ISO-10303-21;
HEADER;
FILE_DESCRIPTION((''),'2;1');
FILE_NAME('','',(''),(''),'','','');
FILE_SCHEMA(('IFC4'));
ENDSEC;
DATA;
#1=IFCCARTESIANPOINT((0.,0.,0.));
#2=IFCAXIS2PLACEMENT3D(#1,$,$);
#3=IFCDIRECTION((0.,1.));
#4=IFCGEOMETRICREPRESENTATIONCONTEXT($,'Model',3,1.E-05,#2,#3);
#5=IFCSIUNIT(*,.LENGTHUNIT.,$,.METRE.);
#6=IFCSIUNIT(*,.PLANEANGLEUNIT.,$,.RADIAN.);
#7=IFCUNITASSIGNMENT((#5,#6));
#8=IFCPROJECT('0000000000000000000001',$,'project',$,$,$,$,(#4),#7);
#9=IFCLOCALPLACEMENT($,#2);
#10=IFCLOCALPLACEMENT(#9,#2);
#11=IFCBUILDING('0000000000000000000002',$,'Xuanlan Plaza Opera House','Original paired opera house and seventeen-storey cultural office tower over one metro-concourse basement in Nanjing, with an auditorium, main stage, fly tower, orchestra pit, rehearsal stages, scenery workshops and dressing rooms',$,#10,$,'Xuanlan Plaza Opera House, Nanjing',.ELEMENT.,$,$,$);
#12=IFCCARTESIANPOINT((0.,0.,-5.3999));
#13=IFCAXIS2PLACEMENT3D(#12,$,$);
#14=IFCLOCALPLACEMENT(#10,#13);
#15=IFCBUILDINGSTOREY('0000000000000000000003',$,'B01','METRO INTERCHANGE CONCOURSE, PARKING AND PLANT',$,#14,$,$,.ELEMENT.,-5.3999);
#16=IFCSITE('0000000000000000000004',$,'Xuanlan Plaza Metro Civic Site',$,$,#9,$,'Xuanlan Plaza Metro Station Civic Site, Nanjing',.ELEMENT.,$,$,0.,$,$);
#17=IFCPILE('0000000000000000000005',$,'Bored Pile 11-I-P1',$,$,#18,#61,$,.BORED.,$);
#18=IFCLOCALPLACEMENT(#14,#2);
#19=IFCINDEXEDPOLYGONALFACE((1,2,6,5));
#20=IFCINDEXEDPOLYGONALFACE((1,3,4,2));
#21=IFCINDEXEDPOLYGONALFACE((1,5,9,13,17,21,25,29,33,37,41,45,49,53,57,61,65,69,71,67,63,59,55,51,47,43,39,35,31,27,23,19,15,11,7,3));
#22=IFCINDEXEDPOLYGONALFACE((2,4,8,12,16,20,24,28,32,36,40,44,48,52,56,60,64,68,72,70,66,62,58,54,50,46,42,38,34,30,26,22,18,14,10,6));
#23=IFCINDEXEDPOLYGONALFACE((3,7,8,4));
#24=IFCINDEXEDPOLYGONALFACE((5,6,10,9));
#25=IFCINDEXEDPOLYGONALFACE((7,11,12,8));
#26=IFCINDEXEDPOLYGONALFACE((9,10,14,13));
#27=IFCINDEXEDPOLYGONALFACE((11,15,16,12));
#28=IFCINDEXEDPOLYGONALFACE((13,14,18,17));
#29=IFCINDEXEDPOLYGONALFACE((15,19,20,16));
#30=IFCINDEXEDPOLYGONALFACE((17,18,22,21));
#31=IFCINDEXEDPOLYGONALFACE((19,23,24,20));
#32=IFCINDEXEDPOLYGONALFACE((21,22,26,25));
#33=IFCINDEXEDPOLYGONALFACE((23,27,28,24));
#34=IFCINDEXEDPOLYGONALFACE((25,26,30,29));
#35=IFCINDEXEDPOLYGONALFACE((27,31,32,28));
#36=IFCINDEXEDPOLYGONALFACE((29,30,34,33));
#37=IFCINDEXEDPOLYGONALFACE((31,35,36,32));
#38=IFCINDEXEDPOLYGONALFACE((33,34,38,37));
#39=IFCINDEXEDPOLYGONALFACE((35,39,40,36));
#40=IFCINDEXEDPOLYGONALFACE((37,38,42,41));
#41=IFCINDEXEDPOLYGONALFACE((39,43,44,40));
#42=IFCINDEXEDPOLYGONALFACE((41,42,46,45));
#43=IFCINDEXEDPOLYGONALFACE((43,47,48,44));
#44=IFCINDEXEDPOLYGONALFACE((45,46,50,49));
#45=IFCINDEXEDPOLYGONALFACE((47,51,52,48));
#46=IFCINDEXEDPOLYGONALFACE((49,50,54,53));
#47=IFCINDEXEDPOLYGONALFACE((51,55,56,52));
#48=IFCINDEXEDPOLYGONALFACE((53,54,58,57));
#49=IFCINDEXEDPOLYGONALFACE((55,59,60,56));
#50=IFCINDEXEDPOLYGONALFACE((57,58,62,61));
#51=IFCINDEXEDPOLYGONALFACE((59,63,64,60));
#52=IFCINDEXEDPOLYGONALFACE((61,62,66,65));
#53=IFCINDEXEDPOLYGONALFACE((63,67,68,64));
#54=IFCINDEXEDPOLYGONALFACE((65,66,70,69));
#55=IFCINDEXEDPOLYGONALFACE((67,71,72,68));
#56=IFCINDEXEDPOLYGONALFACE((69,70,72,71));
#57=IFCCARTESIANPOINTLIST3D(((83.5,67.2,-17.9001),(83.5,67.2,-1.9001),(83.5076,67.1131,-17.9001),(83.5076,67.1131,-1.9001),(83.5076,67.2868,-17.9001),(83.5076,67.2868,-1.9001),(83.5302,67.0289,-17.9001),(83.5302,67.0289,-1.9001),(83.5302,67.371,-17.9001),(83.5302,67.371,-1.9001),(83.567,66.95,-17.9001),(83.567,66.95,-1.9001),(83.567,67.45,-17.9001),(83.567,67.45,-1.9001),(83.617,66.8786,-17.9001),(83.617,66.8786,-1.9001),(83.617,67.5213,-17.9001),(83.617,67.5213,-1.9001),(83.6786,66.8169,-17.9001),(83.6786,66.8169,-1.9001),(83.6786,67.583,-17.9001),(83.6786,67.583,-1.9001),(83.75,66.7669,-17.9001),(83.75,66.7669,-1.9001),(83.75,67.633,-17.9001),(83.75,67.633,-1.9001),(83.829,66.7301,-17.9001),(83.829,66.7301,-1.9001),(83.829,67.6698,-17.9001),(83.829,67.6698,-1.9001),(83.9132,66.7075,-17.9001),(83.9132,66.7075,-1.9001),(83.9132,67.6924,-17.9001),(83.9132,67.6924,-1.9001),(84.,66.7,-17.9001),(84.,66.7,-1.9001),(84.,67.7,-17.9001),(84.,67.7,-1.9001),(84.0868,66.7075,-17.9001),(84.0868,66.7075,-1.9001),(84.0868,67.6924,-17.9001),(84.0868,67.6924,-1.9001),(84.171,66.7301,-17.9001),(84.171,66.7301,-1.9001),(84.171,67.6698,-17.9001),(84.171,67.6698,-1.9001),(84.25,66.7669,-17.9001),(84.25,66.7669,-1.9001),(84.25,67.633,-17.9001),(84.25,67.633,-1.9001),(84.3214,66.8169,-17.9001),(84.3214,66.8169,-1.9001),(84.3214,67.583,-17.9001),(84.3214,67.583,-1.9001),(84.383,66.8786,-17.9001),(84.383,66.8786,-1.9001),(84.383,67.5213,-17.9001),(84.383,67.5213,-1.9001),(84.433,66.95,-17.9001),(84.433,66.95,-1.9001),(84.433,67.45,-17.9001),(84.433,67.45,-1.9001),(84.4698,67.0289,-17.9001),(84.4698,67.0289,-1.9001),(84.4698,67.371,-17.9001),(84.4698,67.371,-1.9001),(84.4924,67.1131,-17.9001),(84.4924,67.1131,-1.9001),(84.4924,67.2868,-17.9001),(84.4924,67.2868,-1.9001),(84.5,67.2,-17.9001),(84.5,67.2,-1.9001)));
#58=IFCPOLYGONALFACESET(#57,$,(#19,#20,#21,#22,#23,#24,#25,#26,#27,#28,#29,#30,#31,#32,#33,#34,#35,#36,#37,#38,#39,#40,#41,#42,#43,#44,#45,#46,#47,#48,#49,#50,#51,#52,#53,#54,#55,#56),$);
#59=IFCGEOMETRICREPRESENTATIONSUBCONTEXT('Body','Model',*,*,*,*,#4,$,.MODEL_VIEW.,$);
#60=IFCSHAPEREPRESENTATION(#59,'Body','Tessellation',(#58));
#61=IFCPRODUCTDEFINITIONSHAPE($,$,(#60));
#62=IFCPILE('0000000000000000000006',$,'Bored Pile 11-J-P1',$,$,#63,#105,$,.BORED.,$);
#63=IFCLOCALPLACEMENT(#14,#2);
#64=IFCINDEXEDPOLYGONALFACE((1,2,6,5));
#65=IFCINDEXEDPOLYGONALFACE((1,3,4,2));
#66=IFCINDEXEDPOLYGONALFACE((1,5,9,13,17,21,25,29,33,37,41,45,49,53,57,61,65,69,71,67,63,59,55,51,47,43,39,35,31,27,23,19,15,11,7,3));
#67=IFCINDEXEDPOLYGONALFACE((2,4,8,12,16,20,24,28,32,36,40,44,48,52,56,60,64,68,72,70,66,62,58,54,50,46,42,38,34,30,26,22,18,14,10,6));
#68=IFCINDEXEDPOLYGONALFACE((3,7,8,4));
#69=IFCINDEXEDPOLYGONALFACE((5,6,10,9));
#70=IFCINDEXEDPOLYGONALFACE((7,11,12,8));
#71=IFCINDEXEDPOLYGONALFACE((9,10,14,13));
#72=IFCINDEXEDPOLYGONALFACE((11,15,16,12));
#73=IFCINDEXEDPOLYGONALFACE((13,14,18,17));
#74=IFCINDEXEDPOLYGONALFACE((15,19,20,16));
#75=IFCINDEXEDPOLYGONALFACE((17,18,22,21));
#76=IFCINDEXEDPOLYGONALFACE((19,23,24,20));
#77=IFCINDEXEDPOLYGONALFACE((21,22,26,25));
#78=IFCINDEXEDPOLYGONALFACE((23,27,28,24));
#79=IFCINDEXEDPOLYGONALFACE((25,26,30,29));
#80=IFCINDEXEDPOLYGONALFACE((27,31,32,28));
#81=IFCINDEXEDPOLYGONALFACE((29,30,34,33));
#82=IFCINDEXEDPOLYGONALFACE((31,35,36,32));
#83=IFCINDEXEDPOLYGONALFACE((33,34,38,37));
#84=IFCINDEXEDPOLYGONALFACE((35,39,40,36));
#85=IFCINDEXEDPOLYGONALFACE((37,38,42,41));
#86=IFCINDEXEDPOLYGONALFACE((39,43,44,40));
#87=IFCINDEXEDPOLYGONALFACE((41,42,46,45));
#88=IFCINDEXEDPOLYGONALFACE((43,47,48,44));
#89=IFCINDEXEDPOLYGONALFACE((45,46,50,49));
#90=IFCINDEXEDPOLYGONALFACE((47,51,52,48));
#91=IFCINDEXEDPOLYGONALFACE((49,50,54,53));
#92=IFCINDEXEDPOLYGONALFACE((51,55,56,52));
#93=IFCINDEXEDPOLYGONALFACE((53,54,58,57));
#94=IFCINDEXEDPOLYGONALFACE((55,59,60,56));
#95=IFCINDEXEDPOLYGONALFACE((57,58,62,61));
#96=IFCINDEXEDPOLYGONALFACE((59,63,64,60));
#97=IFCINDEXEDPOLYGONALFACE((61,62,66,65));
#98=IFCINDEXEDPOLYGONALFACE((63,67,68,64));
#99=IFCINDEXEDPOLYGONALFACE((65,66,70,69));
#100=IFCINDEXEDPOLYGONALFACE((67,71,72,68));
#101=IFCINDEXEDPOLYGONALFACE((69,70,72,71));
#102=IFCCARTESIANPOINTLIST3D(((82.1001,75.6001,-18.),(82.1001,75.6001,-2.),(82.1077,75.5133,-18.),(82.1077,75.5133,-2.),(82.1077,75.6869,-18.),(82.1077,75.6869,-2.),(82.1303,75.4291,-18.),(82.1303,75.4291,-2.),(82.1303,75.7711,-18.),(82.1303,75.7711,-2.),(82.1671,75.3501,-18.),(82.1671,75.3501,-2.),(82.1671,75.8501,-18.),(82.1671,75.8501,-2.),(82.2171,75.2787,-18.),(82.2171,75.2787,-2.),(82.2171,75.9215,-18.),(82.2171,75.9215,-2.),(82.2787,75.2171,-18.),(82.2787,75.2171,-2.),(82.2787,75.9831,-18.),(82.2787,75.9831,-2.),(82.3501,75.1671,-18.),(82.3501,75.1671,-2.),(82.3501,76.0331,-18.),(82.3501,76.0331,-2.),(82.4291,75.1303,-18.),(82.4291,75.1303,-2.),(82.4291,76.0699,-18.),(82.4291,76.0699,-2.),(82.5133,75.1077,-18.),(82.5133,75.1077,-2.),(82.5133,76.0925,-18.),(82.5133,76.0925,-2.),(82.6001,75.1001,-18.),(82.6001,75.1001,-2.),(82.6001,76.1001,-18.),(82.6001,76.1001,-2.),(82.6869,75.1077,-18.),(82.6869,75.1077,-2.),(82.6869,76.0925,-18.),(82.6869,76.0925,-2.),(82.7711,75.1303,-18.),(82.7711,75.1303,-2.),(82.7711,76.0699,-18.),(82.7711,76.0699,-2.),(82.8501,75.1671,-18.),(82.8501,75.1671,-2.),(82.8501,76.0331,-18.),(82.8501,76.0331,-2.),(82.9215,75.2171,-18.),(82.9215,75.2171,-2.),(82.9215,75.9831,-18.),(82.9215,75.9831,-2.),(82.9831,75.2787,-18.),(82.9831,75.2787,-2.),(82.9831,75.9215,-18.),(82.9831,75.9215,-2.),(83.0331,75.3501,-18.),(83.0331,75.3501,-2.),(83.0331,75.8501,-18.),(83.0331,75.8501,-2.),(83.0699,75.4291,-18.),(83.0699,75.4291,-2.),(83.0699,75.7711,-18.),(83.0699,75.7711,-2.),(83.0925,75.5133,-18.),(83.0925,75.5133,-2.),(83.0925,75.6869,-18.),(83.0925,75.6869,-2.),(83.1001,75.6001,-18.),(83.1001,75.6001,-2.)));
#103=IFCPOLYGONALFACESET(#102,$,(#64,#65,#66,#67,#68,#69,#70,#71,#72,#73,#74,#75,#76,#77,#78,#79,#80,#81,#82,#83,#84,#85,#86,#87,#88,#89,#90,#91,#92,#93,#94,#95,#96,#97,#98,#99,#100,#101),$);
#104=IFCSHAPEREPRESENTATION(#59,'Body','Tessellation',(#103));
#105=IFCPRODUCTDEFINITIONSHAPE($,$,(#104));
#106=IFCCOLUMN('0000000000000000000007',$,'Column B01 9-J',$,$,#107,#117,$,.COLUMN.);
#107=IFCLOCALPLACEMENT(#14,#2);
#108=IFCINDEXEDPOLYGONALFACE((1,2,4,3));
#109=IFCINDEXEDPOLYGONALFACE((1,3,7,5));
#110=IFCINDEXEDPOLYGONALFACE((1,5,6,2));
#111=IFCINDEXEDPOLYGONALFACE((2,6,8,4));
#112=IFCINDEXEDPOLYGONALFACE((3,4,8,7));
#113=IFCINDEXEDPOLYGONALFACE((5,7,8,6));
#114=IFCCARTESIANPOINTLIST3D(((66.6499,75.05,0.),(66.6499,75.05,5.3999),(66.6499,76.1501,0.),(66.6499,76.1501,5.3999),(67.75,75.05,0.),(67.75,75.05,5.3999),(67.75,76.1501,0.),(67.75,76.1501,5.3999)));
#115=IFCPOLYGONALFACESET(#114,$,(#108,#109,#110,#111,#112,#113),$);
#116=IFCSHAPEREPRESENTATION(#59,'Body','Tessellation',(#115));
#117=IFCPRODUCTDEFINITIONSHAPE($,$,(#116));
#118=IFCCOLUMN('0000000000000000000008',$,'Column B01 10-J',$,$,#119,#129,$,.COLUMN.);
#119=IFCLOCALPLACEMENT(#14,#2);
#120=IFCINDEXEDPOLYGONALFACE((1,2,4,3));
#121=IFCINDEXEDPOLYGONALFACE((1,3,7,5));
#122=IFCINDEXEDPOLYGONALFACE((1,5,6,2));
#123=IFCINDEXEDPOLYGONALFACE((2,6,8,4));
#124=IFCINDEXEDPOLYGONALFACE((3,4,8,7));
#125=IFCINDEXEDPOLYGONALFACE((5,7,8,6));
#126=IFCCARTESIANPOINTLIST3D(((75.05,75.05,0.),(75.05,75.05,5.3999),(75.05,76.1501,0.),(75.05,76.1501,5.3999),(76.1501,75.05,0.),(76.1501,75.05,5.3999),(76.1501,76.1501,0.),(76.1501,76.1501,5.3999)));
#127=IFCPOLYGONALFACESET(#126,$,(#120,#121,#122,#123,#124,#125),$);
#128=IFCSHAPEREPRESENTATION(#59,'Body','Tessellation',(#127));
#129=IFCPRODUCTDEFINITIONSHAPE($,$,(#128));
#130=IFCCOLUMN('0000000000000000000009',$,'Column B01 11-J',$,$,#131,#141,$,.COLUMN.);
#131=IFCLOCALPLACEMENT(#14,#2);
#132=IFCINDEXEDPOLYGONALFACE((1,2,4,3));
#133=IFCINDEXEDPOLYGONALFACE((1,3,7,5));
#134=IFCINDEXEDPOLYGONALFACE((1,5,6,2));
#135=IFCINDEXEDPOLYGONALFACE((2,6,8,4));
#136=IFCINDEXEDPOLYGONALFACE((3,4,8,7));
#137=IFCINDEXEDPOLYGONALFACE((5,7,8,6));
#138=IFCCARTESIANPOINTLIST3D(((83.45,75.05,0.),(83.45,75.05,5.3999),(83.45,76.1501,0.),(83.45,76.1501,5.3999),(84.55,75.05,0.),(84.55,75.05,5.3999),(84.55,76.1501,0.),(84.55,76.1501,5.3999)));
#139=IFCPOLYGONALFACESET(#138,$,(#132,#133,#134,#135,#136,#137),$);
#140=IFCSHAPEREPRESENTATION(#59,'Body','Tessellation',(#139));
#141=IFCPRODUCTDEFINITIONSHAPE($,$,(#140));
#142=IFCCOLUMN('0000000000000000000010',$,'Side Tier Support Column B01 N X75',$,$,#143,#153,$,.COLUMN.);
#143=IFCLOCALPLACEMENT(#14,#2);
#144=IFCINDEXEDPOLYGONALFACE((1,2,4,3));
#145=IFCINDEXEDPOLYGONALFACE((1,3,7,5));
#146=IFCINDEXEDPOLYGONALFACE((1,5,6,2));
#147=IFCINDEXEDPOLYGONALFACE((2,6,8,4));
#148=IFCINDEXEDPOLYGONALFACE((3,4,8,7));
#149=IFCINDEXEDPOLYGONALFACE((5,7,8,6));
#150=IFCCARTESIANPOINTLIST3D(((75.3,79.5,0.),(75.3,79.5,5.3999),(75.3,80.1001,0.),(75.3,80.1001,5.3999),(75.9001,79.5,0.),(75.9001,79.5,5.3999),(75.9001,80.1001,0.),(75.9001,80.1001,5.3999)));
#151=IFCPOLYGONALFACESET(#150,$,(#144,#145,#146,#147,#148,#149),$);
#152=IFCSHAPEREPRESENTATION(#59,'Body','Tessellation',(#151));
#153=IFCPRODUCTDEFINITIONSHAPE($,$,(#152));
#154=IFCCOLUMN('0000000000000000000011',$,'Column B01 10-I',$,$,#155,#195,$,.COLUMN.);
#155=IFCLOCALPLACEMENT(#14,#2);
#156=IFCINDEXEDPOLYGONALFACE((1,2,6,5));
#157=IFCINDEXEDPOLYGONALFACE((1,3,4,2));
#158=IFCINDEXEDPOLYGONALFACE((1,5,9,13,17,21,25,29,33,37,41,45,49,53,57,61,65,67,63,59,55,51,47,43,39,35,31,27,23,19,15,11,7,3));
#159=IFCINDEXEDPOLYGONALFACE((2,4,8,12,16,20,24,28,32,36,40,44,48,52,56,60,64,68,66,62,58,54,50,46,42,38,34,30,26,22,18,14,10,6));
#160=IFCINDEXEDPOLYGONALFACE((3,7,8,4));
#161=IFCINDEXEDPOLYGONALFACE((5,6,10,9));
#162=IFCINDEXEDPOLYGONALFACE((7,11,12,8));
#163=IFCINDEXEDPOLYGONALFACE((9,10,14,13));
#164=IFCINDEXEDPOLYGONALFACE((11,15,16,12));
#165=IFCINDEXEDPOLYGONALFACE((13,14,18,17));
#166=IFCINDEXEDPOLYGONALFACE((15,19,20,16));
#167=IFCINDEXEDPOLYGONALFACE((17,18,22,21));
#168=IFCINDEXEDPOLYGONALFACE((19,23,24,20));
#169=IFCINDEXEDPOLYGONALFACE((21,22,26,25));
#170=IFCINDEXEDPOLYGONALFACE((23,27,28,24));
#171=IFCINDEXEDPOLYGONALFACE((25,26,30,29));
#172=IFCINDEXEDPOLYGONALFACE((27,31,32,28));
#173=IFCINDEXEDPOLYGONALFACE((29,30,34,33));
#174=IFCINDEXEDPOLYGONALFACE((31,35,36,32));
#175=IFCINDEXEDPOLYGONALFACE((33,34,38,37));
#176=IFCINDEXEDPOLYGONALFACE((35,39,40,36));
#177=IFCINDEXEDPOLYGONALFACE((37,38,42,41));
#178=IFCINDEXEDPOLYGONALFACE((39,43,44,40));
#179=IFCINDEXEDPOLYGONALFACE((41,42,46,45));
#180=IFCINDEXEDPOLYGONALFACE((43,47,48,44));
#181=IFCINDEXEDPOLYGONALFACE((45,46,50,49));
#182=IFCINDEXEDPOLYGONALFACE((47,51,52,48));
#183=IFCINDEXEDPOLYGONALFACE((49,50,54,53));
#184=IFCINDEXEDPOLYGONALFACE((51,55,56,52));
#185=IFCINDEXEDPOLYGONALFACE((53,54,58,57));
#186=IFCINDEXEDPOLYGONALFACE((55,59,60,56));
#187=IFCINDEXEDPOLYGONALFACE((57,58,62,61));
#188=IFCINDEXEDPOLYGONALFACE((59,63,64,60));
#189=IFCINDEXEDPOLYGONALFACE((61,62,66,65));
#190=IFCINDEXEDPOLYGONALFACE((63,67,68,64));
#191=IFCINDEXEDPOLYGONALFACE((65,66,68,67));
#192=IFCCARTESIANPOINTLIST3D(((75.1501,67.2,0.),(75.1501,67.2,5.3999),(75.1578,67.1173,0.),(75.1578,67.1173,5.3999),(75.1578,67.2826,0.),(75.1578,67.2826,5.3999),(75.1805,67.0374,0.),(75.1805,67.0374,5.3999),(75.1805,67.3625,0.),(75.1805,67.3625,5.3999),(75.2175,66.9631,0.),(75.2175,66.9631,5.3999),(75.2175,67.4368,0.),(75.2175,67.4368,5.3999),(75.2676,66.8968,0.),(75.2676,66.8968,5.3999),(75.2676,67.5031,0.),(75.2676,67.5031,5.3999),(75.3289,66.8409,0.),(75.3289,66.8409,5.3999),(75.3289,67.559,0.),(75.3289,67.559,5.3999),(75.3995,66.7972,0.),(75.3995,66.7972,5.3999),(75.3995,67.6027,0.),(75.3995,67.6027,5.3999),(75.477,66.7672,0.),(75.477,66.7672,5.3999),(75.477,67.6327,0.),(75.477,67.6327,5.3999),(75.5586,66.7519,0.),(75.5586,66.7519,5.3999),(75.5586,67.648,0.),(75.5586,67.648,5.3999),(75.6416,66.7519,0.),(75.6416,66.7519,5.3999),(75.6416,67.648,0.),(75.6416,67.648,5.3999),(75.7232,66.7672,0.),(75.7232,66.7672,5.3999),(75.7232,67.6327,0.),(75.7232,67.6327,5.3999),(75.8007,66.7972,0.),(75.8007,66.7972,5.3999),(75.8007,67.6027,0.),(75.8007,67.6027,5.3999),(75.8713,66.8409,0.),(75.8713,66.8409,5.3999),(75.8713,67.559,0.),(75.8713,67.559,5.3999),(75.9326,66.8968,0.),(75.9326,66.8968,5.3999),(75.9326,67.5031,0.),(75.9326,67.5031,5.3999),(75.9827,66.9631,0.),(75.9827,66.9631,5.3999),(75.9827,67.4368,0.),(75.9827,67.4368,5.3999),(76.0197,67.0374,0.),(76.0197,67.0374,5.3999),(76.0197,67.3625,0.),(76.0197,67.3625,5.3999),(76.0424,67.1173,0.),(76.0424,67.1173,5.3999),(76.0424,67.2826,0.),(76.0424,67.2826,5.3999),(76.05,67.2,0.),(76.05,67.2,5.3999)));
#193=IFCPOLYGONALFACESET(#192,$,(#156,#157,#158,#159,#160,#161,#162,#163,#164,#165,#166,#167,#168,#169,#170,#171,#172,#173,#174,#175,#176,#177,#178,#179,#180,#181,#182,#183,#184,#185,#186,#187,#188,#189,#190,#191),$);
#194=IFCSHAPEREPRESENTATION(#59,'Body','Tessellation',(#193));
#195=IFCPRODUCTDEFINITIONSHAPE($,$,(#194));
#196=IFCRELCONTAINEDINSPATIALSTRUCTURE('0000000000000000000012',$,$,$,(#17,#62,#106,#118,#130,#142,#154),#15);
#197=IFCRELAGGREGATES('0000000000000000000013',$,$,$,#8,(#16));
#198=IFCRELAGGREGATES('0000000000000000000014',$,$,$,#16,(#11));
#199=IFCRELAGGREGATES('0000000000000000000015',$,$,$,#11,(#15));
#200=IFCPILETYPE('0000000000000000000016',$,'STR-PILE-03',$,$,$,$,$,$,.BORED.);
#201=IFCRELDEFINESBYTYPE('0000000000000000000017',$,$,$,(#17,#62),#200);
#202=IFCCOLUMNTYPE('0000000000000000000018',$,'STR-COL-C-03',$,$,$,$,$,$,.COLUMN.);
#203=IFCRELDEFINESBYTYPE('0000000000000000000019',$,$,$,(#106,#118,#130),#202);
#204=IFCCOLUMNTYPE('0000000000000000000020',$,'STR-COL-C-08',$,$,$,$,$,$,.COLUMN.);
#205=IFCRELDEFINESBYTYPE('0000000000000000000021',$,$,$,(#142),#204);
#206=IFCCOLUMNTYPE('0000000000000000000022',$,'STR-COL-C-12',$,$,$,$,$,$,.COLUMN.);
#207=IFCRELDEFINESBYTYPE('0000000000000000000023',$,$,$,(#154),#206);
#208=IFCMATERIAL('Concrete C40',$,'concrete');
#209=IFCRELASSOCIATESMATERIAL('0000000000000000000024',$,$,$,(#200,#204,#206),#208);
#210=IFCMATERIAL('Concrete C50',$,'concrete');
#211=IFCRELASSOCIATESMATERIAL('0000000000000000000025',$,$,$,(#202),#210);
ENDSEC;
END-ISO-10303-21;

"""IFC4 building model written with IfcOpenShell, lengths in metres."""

from ifc_helpers import new_model, si_unit, direction, frame, origin, origin_2d, place, context, subcontext, project, spatial, rectangle, circle, extrude, material, material_profile, profile_set, type_object, element, save


model = new_model("IFC4")

# Units and contexts
model_context = context("Model", 3, precision=1e-05, world=origin(), true_north=direction((0.0, 1.0)))
body_context = subcontext(model_context, "Body", "Model", "MODEL_VIEW")
ifc_project = project(units=[si_unit("LENGTHUNIT", "METRE"), si_unit("PLANEANGLEUNIT", "RADIAN")], contexts=[model_context])

# Site, building, storey
site_placement = place(None, origin())
site = spatial("IfcSite", under=ifc_project, at=site_placement, Name="Xuanlan Plaza Metro Civic Site", LongName="Xuanlan Plaza Metro Station Civic Site, Nanjing", CompositionType="ELEMENT", RefElevation=0.0)
building_placement = place(site_placement, origin())
building = spatial("IfcBuilding", under=site, at=building_placement, Name="Xuanlan Plaza Opera House", Description="Original paired opera house and seventeen-storey cultural office tower over one metro-concourse basement in Nanjing, with an auditorium, main stage, fly tower, orchestra pit, rehearsal stages, scenery workshops and dressing rooms", LongName="Xuanlan Plaza Opera House, Nanjing", CompositionType="ELEMENT")
storey_placement = place(building_placement, frame((0.0, 0.0, -5.3999)))
storey = spatial("IfcBuildingStorey", under=building, at=storey_placement, Name="B01", Description="METRO INTERCHANGE CONCOURSE, PARKING AND PLANT", CompositionType="ELEMENT", Elevation=-5.3999)

# Shared definitions
ifc_material_1 = material(Name="Concrete C40", Category="concrete")
ifc_material_2 = material(Name="Concrete C50", Category="concrete")

# Piles
ifc_material_profile_1 = material_profile(ifc_material_1, circle(Radius=0.5, at=origin_2d()), Name="PILE D1000")
ifc_profile_set_1 = profile_set([ifc_material_profile_1], Name="Concrete C40")
pile_type_1 = type_object("IfcPileType", Name="STR-PILE-03", PredefinedType="BORED", material=ifc_profile_set_1)
for number, where, z_axis, x_axis, name in (
    (1, (84.0, 67.2, -1.9001), (0.0, 0.0, -1.0), (1.0, 0.0, 0.0), "Bored Pile 11-I-P1"),
    (2, (82.6001, 75.6001, -2.0), (0.0, 0.0, -1.0), (1.0, 0.0, 0.0), "Bored Pile 11-J-P1"),
):
    element("IfcPile", number, at=place(storey_placement, frame(where, z_axis=z_axis, x_axis=x_axis)), inside=storey, type_object=pile_type_1, Name=name, PredefinedType="BORED", context=body_context, shape_type="SweptSolid", body=[
        extrude(circle(Radius=0.5, at=origin_2d()), origin(), (0.0, 0.0, 1.0), 16.0),
    ])

# Columns
ifc_material_profile_2 = material_profile(ifc_material_2, rectangle(XDim=1.1001, YDim=1.1001, at=origin_2d()), Name="RC-COL 1100x1100")
ifc_profile_set_2 = profile_set([ifc_material_profile_2], Name="Concrete C50")
column_type_1 = type_object("IfcColumnType", Name="STR-COL-C-03", PredefinedType="COLUMN", material=ifc_profile_set_2)
for number, where, z_axis, x_axis, name in (
    (3, (67.2, 75.6001, 0.0), (0.0, 0.0, 1.0), (1.0, 0.0, 0.0), "Column B01 9-J"),
    (4, (75.6001, 75.6001, 0.0), (0.0, 0.0, 1.0), (1.0, 0.0, 0.0), "Column B01 10-J"),
    (5, (84.0, 75.6001, 0.0), (0.0, 0.0, 1.0), (1.0, 0.0, 0.0), "Column B01 11-J"),
):
    element("IfcColumn", number, at=place(storey_placement, frame(where, z_axis=z_axis, x_axis=x_axis)), inside=storey, type_object=column_type_1, Name=name, PredefinedType="COLUMN", context=body_context, shape_type="SweptSolid", body=[
        extrude(rectangle(XDim=1.1001, YDim=1.1001, at=origin_2d()), origin(), (0.0, 0.0, 1.0), 5.3999),
    ])
ifc_material_profile_3 = material_profile(ifc_material_1, rectangle(XDim=0.6001, YDim=0.6001, at=origin_2d()), Name="RC-COL 600x600")
ifc_profile_set_3 = profile_set([ifc_material_profile_3], Name="Concrete C40")
column_type_2 = type_object("IfcColumnType", Name="STR-COL-C-08", PredefinedType="COLUMN", material=ifc_profile_set_3)
column_placement = place(storey_placement, frame((75.6001, 79.8, 0.0), z_axis=(0.0, 0.0, 1.0), x_axis=(1.0, 0.0, 0.0)))
element("IfcColumn", 6, at=column_placement, inside=storey, type_object=column_type_2, Name="Side Tier Support Column B01 N X75", PredefinedType="COLUMN", context=body_context, shape_type="SweptSolid", body=[
    extrude(rectangle(XDim=0.6001, YDim=0.6001, at=origin_2d()), origin(), (0.0, 0.0, 1.0), 5.3999),
])
ifc_material_profile_4 = material_profile(ifc_material_1, circle(Radius=0.45, at=origin_2d()), Name="RC-COL D900")
ifc_profile_set_4 = profile_set([ifc_material_profile_4], Name="Concrete C40")
column_type_3 = type_object("IfcColumnType", Name="STR-COL-C-12", PredefinedType="COLUMN", material=ifc_profile_set_4)
for number, where, z_axis, x_axis, name in (
    (7, (75.6001, 67.2, 0.0), (0.0, 0.0, 1.0), (1.0, 0.0, 0.0), "Column B01 10-I"),
):
    element("IfcColumn", number, at=place(storey_placement, frame(where, z_axis=z_axis, x_axis=x_axis)), inside=storey, type_object=column_type_3, Name=name, PredefinedType="COLUMN", context=body_context, shape_type="SweptSolid", body=[
        extrude(circle(Radius=0.45, at=origin_2d()), origin(), (0.0, 0.0, 1.0), 5.3999),
    ])

save(model, "model.ifc")
